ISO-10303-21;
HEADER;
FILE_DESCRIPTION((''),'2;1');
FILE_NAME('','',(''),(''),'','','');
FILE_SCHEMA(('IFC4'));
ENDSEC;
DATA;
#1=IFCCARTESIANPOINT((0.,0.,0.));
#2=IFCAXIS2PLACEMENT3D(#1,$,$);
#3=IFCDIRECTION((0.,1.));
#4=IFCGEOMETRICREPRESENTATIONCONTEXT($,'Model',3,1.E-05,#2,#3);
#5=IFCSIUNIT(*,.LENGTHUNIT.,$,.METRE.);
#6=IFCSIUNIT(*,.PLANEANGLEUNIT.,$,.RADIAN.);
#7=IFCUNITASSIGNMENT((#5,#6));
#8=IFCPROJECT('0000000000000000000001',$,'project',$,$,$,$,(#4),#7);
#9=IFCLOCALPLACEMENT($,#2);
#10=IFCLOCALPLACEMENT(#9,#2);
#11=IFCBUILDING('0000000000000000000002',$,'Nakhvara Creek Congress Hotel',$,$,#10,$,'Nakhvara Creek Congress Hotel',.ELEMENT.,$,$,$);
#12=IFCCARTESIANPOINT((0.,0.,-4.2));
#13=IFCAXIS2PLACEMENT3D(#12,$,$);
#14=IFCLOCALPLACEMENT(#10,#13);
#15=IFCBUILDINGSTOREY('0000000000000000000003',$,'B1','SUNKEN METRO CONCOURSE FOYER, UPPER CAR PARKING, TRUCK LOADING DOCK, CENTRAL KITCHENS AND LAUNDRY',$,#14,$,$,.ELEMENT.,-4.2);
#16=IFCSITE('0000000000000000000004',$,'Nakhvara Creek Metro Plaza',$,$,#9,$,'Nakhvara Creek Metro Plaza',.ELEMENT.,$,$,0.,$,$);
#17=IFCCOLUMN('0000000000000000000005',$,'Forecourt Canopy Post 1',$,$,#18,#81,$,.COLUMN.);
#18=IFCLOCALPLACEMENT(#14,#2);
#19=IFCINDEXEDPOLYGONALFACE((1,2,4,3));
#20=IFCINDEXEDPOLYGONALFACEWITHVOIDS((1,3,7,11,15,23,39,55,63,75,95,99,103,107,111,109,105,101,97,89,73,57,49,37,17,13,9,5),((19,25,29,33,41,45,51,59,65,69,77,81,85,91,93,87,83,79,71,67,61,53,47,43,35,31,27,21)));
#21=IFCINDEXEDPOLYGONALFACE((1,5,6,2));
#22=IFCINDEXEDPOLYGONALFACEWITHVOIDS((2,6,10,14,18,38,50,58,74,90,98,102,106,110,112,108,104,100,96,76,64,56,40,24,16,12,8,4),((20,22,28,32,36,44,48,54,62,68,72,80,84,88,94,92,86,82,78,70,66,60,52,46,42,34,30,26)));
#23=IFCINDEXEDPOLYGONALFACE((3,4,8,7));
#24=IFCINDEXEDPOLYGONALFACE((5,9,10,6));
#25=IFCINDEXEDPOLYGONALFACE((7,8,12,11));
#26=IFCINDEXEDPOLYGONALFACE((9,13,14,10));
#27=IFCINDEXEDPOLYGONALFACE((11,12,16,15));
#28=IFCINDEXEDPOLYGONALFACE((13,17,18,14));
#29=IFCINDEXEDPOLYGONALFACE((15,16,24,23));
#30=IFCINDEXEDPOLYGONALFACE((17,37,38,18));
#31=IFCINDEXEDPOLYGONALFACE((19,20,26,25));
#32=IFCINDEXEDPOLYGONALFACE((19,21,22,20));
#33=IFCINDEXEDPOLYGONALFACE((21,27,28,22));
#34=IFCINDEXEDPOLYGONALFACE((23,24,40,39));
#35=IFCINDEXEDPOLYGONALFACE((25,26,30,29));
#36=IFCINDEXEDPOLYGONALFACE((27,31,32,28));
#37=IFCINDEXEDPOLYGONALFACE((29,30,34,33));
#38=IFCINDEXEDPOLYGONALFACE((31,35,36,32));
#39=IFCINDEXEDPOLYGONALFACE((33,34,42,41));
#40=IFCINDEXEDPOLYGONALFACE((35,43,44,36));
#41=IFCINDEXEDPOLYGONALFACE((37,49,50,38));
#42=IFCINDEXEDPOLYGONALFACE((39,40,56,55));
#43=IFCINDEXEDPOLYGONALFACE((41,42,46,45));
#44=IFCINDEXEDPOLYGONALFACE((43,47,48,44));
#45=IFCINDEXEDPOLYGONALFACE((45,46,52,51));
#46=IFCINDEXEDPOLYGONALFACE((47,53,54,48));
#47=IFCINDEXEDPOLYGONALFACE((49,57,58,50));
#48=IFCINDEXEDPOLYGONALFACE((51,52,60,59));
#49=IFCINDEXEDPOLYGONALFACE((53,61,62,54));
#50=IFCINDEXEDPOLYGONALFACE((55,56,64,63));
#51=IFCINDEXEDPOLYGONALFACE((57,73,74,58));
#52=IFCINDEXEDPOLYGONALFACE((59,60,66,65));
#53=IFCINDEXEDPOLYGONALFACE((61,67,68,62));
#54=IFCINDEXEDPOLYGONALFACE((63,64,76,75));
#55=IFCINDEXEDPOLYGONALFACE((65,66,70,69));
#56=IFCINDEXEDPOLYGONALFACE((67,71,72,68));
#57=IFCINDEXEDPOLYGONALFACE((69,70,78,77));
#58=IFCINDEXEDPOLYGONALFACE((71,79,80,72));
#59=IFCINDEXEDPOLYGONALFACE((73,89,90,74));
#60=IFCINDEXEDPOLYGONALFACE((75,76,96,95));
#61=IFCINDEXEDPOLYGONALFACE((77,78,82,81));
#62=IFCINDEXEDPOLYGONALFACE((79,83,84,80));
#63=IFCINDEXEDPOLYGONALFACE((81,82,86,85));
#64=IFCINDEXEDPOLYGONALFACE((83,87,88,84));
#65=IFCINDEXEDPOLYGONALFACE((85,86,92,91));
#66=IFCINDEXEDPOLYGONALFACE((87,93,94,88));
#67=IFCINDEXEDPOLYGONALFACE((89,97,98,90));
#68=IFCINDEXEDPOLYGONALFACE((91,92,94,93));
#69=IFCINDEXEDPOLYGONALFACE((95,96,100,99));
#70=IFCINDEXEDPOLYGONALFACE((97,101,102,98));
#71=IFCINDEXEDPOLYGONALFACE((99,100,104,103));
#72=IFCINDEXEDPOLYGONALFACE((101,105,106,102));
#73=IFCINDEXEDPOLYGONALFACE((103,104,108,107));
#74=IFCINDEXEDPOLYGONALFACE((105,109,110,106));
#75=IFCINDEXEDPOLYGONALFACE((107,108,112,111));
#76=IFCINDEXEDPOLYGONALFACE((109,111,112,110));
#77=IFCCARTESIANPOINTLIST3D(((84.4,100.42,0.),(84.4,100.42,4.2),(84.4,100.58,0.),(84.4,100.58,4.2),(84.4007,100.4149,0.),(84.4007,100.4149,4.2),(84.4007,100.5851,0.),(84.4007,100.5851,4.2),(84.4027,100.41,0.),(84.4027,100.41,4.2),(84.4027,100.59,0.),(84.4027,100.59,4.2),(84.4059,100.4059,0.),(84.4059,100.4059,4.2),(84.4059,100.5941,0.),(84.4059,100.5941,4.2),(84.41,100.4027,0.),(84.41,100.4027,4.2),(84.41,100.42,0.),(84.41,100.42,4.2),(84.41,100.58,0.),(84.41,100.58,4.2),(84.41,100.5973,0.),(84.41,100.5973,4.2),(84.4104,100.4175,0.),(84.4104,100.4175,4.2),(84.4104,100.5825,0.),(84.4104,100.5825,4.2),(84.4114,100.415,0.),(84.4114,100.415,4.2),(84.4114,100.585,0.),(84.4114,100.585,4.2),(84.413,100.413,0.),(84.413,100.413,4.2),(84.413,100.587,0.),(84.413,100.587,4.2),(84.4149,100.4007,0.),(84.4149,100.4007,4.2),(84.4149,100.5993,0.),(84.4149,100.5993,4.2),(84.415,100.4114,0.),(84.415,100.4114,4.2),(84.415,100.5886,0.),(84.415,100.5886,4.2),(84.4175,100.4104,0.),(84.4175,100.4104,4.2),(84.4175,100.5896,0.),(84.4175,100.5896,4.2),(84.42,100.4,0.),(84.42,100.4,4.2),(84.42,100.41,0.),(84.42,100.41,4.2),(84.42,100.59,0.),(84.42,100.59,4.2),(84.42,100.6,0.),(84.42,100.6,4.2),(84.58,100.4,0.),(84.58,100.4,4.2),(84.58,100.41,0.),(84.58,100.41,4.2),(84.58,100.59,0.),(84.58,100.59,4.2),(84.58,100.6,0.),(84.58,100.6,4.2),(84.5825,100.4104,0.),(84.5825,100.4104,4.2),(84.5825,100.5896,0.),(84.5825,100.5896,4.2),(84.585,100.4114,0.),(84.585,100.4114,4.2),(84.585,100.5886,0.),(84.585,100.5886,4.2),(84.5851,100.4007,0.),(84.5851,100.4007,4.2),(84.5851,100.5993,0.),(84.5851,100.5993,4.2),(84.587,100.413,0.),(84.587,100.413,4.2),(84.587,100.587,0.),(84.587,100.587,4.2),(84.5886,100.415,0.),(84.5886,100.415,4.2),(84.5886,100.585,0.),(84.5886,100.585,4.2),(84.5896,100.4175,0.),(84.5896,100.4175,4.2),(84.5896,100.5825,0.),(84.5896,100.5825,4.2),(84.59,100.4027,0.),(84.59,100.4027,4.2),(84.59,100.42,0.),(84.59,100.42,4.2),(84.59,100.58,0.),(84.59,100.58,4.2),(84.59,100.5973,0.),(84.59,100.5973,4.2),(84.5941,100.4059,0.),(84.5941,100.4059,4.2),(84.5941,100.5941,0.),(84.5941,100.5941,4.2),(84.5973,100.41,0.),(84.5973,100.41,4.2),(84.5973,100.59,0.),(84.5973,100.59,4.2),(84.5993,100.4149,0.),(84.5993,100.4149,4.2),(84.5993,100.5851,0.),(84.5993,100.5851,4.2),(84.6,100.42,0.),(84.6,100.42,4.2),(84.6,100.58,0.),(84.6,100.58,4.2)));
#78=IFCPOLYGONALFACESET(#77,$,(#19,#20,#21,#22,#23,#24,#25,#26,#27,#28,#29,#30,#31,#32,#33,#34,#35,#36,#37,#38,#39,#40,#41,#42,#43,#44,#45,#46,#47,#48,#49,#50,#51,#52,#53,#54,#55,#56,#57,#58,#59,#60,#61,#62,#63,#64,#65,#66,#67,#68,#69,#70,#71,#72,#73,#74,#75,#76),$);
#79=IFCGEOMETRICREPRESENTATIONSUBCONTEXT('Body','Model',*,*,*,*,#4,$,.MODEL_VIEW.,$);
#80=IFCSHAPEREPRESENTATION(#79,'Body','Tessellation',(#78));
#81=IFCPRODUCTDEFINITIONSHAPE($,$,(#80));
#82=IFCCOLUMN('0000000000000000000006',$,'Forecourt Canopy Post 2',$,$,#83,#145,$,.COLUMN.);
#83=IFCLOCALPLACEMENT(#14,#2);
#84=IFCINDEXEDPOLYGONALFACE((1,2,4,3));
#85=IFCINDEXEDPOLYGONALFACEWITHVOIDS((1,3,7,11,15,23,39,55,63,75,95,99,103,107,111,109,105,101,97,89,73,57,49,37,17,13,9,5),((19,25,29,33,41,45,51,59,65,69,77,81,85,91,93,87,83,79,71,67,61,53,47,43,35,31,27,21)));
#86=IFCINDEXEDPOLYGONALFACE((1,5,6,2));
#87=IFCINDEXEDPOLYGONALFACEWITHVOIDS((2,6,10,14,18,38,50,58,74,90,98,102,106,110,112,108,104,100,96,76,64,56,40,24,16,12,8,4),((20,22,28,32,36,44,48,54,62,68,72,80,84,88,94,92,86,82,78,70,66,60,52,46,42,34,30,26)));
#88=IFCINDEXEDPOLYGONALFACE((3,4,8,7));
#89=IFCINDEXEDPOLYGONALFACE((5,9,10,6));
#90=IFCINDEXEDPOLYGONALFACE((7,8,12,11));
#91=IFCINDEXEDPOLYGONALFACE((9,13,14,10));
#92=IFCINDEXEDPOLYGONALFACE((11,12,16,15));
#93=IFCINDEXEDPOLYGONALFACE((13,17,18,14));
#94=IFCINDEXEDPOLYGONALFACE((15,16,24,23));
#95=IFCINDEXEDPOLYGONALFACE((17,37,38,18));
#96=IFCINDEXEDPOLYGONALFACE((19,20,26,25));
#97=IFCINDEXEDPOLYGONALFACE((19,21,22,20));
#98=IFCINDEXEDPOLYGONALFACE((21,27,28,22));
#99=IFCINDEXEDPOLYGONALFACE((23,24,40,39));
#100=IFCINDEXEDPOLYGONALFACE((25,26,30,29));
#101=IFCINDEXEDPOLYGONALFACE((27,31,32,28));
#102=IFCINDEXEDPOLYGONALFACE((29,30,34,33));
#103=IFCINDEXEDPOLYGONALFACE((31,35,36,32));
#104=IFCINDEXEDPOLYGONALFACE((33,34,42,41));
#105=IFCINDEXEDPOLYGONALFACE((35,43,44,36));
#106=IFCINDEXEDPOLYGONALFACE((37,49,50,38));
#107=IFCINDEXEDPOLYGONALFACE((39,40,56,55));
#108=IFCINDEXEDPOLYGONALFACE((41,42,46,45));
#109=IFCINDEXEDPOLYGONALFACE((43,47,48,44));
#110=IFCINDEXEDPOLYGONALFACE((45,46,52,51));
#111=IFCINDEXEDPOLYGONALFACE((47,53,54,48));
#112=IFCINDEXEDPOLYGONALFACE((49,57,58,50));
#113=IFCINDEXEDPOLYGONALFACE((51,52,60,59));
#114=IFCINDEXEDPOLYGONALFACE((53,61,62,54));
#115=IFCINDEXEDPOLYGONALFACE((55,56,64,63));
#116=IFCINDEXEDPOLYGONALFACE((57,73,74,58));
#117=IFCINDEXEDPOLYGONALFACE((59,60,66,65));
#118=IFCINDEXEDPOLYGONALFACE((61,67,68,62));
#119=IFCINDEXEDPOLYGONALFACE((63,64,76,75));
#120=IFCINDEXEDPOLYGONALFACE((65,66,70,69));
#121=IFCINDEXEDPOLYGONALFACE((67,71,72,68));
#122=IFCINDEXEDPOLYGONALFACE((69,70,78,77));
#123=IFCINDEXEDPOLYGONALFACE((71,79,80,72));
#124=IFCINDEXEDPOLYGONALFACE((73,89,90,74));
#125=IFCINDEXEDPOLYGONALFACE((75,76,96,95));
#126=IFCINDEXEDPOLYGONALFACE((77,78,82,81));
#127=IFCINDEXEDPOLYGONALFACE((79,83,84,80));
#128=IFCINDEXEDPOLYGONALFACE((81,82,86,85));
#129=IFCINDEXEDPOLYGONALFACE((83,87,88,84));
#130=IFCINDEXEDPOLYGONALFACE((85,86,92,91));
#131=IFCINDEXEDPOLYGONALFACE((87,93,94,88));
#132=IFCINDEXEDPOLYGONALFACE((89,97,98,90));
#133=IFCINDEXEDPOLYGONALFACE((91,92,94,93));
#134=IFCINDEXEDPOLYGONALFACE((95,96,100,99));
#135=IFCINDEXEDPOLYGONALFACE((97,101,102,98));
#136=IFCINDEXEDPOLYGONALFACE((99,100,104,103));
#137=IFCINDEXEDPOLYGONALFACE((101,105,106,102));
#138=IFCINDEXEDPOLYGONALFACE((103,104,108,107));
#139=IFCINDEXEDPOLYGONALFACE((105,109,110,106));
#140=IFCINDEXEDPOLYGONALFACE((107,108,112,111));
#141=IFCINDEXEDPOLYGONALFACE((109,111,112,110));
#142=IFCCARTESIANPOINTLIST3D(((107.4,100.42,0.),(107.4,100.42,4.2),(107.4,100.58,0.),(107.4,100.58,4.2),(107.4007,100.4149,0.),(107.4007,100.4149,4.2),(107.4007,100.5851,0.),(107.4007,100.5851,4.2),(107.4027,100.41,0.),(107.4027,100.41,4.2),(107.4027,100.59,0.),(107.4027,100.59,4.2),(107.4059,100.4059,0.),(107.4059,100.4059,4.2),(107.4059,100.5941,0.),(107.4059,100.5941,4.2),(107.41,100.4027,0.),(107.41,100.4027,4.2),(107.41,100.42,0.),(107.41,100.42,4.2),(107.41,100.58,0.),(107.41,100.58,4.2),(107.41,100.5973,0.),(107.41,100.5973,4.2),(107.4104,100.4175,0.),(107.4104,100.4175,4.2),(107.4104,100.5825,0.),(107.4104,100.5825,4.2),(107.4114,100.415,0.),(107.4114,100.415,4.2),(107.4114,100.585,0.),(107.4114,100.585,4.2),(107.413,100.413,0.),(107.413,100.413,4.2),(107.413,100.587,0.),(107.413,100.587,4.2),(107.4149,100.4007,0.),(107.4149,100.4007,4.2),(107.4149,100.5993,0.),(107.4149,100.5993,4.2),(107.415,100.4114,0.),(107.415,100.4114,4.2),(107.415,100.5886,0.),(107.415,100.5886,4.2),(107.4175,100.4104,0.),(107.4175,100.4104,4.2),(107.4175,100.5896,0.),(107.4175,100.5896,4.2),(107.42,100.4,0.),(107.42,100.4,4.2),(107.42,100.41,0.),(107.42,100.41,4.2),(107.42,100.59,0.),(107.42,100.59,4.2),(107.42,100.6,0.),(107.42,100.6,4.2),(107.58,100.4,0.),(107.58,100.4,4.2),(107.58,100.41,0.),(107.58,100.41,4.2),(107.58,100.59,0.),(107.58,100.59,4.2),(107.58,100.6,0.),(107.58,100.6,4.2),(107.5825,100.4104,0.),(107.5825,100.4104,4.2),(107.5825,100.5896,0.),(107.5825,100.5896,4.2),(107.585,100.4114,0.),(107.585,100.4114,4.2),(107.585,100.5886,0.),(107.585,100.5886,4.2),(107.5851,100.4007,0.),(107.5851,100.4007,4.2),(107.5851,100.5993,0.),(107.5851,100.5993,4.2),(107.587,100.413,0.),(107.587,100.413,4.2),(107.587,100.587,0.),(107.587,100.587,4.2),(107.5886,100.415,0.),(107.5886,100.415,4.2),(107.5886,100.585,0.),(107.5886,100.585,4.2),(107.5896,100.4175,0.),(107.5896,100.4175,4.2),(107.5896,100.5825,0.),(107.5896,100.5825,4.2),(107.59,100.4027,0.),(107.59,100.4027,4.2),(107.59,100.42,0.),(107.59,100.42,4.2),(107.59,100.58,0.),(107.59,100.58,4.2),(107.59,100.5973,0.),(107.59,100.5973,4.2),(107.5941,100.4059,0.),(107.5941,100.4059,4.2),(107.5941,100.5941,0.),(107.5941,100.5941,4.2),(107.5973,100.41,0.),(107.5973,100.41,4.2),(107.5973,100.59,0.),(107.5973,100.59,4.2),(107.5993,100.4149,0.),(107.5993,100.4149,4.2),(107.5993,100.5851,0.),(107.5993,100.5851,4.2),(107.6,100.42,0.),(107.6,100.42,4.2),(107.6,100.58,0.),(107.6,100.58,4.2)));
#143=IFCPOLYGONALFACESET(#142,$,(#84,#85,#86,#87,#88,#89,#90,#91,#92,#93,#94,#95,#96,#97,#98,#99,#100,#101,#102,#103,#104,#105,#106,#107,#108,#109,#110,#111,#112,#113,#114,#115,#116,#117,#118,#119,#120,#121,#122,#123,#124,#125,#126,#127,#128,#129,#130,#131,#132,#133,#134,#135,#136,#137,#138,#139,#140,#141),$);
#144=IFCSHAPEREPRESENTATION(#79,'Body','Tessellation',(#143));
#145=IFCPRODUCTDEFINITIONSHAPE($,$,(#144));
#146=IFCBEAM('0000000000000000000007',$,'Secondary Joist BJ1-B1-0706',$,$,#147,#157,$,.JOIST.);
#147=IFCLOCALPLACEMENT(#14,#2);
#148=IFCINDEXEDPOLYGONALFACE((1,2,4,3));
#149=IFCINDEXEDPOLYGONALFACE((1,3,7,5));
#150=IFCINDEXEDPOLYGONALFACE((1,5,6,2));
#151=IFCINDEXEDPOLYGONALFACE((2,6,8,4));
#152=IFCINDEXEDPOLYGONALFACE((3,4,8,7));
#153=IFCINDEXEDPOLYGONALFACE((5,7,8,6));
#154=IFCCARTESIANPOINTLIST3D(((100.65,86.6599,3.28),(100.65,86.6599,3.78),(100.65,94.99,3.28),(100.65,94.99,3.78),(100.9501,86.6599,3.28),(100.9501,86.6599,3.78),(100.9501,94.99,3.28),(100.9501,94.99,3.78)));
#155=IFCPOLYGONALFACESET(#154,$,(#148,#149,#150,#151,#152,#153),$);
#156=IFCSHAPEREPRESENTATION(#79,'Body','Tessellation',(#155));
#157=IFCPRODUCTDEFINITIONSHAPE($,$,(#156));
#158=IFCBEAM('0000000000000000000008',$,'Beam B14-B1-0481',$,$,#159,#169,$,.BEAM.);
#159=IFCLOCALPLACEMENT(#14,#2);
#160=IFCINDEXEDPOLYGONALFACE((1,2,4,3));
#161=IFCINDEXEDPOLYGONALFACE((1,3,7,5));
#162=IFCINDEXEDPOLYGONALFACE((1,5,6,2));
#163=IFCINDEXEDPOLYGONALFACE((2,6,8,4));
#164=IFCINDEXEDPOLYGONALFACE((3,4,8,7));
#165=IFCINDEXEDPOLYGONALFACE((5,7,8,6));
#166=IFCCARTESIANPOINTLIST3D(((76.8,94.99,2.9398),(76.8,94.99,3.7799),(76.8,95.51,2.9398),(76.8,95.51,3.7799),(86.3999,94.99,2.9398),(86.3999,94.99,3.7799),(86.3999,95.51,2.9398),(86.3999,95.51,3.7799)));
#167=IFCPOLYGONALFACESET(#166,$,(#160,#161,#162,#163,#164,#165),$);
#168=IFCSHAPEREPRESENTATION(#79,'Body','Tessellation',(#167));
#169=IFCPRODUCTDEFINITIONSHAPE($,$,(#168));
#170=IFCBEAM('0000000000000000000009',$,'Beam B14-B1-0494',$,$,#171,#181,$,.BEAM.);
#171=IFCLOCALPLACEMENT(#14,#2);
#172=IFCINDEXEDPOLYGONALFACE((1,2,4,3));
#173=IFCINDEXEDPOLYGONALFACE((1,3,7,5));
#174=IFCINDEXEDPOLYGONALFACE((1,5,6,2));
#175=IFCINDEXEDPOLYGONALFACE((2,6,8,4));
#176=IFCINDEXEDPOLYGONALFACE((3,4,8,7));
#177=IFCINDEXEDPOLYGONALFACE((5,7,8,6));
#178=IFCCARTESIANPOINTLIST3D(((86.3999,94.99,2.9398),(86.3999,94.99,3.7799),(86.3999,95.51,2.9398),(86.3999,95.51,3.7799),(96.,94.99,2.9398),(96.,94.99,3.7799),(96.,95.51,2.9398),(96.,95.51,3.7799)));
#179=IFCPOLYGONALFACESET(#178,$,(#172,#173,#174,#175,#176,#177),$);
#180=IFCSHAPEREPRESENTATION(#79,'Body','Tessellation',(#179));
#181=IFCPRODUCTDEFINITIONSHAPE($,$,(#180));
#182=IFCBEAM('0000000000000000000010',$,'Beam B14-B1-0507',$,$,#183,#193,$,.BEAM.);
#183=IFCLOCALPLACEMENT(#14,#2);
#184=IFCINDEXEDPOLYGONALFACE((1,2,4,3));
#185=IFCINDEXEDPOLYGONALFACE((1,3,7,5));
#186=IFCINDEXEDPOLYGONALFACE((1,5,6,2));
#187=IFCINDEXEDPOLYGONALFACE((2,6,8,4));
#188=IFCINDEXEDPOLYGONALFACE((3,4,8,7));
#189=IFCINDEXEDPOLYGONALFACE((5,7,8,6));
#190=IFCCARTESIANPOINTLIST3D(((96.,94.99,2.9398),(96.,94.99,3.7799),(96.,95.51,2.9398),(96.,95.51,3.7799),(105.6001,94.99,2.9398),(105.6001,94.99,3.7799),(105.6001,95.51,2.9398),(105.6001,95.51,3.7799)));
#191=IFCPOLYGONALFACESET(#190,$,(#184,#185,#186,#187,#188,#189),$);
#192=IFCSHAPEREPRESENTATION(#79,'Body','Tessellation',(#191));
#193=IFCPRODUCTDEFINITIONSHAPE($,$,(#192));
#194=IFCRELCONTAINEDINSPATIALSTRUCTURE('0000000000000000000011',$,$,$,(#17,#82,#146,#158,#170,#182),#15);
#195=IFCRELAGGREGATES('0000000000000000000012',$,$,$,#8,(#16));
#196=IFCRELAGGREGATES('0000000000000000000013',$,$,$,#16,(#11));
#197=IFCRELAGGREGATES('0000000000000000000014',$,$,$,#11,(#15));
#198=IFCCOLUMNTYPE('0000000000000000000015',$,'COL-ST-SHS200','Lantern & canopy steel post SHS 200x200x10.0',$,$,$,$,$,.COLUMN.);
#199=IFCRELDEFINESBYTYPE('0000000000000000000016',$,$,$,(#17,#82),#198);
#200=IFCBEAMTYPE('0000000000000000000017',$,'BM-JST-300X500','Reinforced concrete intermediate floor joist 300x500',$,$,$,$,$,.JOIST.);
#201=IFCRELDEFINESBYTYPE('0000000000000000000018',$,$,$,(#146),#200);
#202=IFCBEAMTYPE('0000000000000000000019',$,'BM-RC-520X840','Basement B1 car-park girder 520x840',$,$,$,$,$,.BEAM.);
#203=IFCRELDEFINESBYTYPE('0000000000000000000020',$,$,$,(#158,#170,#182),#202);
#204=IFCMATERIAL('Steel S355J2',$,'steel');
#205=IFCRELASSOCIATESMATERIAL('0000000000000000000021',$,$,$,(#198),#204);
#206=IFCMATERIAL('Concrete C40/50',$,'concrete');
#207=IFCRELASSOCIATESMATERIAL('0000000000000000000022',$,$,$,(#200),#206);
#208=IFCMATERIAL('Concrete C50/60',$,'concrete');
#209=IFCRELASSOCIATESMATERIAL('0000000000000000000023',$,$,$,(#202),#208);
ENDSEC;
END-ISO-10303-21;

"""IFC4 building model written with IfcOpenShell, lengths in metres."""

from ifc_helpers import new_model, si_unit, direction, frame, origin, origin_2d, place, context, subcontext, project, spatial, rectangle, hollow_rectangle, extrude, material, material_profile, profile_set, type_object, element, save


model = new_model("IFC4")

# Units and contexts
model_context = context("Model", 3, precision=1e-05, world=origin(), true_north=direction((0.0, 1.0)))
body_context = subcontext(model_context, "Body", "Model", "MODEL_VIEW")
ifc_project = project(units=[si_unit("LENGTHUNIT", "METRE"), si_unit("PLANEANGLEUNIT", "RADIAN")], contexts=[model_context])

# Site, building, storey
site_placement = place(None, origin())
site = spatial("IfcSite", under=ifc_project, at=site_placement, Name="Nakhvara Creek Metro Plaza", LongName="Nakhvara Creek Metro Plaza", CompositionType="ELEMENT", RefElevation=0.0)
building_placement = place(site_placement, origin())
building = spatial("IfcBuilding", under=site, at=building_placement, Name="Nakhvara Creek Congress Hotel", LongName="Nakhvara Creek Congress Hotel", CompositionType="ELEMENT")
storey_placement = place(building_placement, frame((0.0, 0.0, -4.2)))
storey = spatial("IfcBuildingStorey", under=building, at=storey_placement, Name="B1", Description="SUNKEN METRO CONCOURSE FOYER, UPPER CAR PARKING, TRUCK LOADING DOCK, CENTRAL KITCHENS AND LAUNDRY", CompositionType="ELEMENT", Elevation=-4.2)

# Columns
ifc_material_1 = material(Name="Concrete C50/60", Category="concrete")
ifc_material_2 = material(Name="Steel S355J2", Category="steel")
ifc_material_profile_1 = material_profile(ifc_material_2, hollow_rectangle(XDim=0.2, YDim=0.2, WallThickness=0.01, InnerFilletRadius=0.01, OuterFilletRadius=0.02, at=origin_2d()), Name="SHS 200x200x10.0", Category="LoadBearing")
ifc_profile_set_1 = profile_set([ifc_material_profile_1], Name="Steel S355J2")
column_type_1 = type_object("IfcColumnType", Name="COL-ST-SHS200", Description="Lantern & canopy steel post SHS 200x200x10.0", PredefinedType="COLUMN", material=ifc_profile_set_1)
for number, where, z_axis, x_axis, name in (
    (1, (84.5, 100.5, 0.0), (0.0, 0.0, 1.0), (1.0, 0.0, 0.0), "Forecourt Canopy Post 1"),
    (2, (107.5, 100.5, 0.0), (0.0, 0.0, 1.0), (1.0, 0.0, 0.0), "Forecourt Canopy Post 2"),
):
    element("IfcColumn", number, at=place(storey_placement, frame(where, z_axis=z_axis, x_axis=x_axis)), inside=storey, type_object=column_type_1, Name=name, PredefinedType="COLUMN", context=body_context, shape_type="SweptSolid", body=[
        extrude(hollow_rectangle(XDim=0.2, YDim=0.2, WallThickness=0.01, InnerFilletRadius=0.01, OuterFilletRadius=0.02, at=origin_2d()), origin(), (0.0, 0.0, 1.0), 4.2),
    ])

# Beams
ifc_material_3 = material(Name="Concrete C40/50", Category="concrete")
ifc_material_profile_2 = material_profile(ifc_material_3, rectangle(XDim=0.3, YDim=0.5, at=origin_2d()), Name="RC-BM 300x500", Category="LoadBearing")
ifc_profile_set_2 = profile_set([ifc_material_profile_2], Name="Concrete C40/50")
beam_type_1 = type_object("IfcBeamType", Name="BM-JST-300X500", Description="Reinforced concrete intermediate floor joist 300x500", PredefinedType="JOIST", material=ifc_profile_set_2)
beam_1_placement = place(storey_placement, frame((100.8, 86.6599, 3.53), z_axis=(0.0, 1.0, 0.0), x_axis=(-1.0, 0.0, 0.0)))
element("IfcBeam", 3, at=beam_1_placement, inside=storey, type_object=beam_type_1, Name="Secondary Joist BJ1-B1-0706", PredefinedType="JOIST", context=body_context, shape_type="SweptSolid", body=[
    extrude(rectangle(XDim=0.3, YDim=0.5, at=origin_2d()), origin(), (0.0, 0.0, 1.0), 8.3301),
])
ifc_material_profile_3 = material_profile(ifc_material_1, rectangle(XDim=0.52, YDim=0.8401, at=origin_2d()), Name="RC-BM 520x840", Category="LoadBearing")
ifc_profile_set_3 = profile_set([ifc_material_profile_3], Name="Concrete C50/60")
beam_type_2 = type_object("IfcBeamType", Name="BM-RC-520X840", Description="Basement B1 car-park girder 520x840", PredefinedType="BEAM", material=ifc_profile_set_3)
beam_2_placement = place(storey_placement, frame((76.8, 95.25, 3.3599), z_axis=(1.0, 0.0, 0.0), x_axis=(0.0, 1.0, 0.0)))
element("IfcBeam", 4, at=beam_2_placement, inside=storey, type_object=beam_type_2, Name="Beam B14-B1-0481", PredefinedType="BEAM", context=body_context, shape_type="SweptSolid", body=[
    extrude(rectangle(XDim=0.52, YDim=0.8401, at=origin_2d()), origin(), (0.0, 0.0, 1.0), 9.5999),
])
for number, where, z_axis, x_axis, name in (
    (5, (86.3999, 95.25, 3.3599), (1.0, 0.0, 0.0), (0.0, 1.0, 0.0), "Beam B14-B1-0494"),
    (6, (96.0, 95.25, 3.3599), (1.0, 0.0, 0.0), (0.0, 1.0, 0.0), "Beam B14-B1-0507"),
):
    element("IfcBeam", number, at=place(storey_placement, frame(where, z_axis=z_axis, x_axis=x_axis)), inside=storey, type_object=beam_type_2, Name=name, PredefinedType="BEAM", context=body_context, shape_type="SweptSolid", body=[
        extrude(rectangle(XDim=0.52, YDim=0.8401, at=origin_2d()), origin(), (0.0, 0.0, 1.0), 9.6001),
    ])

save(model, "model.ifc")
